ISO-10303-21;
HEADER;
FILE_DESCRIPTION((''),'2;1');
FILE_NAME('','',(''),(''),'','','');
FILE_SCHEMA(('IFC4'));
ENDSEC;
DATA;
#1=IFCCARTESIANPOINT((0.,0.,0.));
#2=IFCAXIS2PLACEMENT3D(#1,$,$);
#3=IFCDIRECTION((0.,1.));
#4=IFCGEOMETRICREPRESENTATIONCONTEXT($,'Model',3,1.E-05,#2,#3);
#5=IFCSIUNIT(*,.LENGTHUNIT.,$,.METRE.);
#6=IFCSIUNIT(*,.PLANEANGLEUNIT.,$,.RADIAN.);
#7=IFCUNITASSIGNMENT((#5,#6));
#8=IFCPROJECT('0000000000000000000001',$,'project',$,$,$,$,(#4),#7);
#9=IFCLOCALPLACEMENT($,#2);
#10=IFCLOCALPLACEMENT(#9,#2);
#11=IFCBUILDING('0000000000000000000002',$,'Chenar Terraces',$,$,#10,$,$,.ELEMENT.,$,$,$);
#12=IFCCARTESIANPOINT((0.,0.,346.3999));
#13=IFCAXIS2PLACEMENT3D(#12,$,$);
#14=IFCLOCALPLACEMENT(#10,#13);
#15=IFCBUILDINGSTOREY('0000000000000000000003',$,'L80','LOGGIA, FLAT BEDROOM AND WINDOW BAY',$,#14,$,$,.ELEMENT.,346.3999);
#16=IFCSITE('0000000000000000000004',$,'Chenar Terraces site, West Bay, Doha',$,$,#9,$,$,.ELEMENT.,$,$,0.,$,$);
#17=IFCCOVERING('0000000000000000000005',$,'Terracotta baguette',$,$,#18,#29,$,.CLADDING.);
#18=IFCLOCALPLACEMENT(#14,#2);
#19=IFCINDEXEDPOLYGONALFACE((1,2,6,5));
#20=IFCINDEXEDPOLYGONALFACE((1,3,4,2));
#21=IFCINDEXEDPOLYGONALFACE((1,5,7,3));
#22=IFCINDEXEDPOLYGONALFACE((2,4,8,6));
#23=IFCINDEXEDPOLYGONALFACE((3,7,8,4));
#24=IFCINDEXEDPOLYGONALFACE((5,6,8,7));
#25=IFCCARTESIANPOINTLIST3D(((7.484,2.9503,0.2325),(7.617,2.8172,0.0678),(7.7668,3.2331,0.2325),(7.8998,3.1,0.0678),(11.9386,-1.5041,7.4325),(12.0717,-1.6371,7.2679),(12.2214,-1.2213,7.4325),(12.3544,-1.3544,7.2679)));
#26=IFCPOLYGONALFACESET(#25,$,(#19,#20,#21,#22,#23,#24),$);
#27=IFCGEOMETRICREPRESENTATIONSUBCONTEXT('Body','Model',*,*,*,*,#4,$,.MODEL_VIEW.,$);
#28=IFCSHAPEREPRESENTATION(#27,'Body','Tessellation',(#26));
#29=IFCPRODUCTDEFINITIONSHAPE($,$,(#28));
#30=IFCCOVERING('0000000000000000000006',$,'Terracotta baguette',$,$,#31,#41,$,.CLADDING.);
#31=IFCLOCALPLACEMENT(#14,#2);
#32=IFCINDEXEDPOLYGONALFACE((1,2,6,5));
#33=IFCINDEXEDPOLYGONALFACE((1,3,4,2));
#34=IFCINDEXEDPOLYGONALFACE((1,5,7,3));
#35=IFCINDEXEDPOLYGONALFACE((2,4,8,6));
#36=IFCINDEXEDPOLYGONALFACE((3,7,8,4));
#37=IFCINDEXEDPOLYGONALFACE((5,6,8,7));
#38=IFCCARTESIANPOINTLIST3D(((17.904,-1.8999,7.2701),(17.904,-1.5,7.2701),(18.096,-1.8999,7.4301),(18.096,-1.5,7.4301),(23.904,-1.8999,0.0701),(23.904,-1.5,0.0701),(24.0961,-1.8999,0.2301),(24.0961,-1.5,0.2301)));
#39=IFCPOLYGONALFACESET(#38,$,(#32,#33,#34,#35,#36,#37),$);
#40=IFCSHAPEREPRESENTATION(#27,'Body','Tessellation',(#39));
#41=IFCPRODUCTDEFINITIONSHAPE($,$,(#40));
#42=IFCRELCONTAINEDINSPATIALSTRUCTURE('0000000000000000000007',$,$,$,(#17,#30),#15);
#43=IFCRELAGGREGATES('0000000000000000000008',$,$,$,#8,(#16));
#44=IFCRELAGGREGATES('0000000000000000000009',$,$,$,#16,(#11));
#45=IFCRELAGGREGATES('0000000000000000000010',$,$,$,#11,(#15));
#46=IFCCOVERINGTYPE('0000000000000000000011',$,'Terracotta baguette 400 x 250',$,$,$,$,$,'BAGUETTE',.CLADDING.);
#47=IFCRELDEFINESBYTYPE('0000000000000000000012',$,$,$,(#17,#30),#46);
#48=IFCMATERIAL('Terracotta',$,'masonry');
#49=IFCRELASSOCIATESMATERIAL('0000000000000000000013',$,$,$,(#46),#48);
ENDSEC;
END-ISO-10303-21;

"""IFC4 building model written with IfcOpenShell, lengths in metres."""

from ifc_helpers import new_model, si_unit, direction, frame, origin, origin_2d, place, context, subcontext, project, spatial, rectangle, extrude, material, material_profile, profile_set, type_object, element, save


model = new_model("IFC4")

# Units and contexts
model_context = context("Model", 3, precision=1e-05, world=origin(), true_north=direction((0.0, 1.0)))
body_context = subcontext(model_context, "Body", "Model", "MODEL_VIEW")
ifc_project = project(units=[si_unit("LENGTHUNIT", "METRE"), si_unit("PLANEANGLEUNIT", "RADIAN")], contexts=[model_context])

# Site, building, storey
site_placement = place(None, origin())
site = spatial("IfcSite", under=ifc_project, at=site_placement, Name="Chenar Terraces site, West Bay, Doha", CompositionType="ELEMENT", RefElevation=0.0)
building_placement = place(site_placement, origin())
building = spatial("IfcBuilding", under=site, at=building_placement, Name="Chenar Terraces", CompositionType="ELEMENT")
storey_placement = place(building_placement, frame((0.0, 0.0, 346.3999)))
storey = spatial("IfcBuildingStorey", under=building, at=storey_placement, Name="L80", Description="LOGGIA, FLAT BEDROOM AND WINDOW BAY", CompositionType="ELEMENT", Elevation=346.3999)

# Coverings
ifc_material_1 = material(Name="Terracotta", Category="masonry")
ifc_material_profile_1 = material_profile(ifc_material_1, rectangle(XDim=0.3999, YDim=0.25, at=origin_2d()), Name="Terracotta baguette 400 x 250")
ifc_profile_set_1 = profile_set([ifc_material_profile_1], Name="Terracotta")
covering_type = type_object("IfcCoveringType", Name="Terracotta baguette 400 x 250", ElementType="BAGUETTE", PredefinedType="CLADDING", material=ifc_profile_set_1)
covering_1_placement = place(storey_placement, frame((7.6919, 3.0251, 0.1501), z_axis=(0.46563, -0.465604, 0.752597), x_axis=(0.707087, 0.707126, 0.0)))
element("IfcCovering", 1, at=covering_1_placement, inside=storey, type_object=covering_type, Name="Terracotta baguette", PredefinedType="CLADDING", context=body_context, shape_type="SweptSolid", body=[
    extrude(rectangle(XDim=0.3999, YDim=0.25, at=origin_2d()), origin(), (0.0, 0.0, 1.0), 9.5669),
])
covering_2_placement = place(storey_placement, frame((18.0, -1.7, 7.3501), z_axis=(0.640187, 0.0, -0.768219), x_axis=(0.0, 1.0, 0.0)))
element("IfcCovering", 2, at=covering_2_placement, inside=storey, type_object=covering_type, Name="Terracotta baguette", PredefinedType="CLADDING", context=body_context, shape_type="SweptSolid", body=[
    extrude(rectangle(XDim=0.3999, YDim=0.25, at=origin_2d()), origin(), (0.0, 0.0, 1.0), 9.3723),
])

save(model, "model.ifc")
